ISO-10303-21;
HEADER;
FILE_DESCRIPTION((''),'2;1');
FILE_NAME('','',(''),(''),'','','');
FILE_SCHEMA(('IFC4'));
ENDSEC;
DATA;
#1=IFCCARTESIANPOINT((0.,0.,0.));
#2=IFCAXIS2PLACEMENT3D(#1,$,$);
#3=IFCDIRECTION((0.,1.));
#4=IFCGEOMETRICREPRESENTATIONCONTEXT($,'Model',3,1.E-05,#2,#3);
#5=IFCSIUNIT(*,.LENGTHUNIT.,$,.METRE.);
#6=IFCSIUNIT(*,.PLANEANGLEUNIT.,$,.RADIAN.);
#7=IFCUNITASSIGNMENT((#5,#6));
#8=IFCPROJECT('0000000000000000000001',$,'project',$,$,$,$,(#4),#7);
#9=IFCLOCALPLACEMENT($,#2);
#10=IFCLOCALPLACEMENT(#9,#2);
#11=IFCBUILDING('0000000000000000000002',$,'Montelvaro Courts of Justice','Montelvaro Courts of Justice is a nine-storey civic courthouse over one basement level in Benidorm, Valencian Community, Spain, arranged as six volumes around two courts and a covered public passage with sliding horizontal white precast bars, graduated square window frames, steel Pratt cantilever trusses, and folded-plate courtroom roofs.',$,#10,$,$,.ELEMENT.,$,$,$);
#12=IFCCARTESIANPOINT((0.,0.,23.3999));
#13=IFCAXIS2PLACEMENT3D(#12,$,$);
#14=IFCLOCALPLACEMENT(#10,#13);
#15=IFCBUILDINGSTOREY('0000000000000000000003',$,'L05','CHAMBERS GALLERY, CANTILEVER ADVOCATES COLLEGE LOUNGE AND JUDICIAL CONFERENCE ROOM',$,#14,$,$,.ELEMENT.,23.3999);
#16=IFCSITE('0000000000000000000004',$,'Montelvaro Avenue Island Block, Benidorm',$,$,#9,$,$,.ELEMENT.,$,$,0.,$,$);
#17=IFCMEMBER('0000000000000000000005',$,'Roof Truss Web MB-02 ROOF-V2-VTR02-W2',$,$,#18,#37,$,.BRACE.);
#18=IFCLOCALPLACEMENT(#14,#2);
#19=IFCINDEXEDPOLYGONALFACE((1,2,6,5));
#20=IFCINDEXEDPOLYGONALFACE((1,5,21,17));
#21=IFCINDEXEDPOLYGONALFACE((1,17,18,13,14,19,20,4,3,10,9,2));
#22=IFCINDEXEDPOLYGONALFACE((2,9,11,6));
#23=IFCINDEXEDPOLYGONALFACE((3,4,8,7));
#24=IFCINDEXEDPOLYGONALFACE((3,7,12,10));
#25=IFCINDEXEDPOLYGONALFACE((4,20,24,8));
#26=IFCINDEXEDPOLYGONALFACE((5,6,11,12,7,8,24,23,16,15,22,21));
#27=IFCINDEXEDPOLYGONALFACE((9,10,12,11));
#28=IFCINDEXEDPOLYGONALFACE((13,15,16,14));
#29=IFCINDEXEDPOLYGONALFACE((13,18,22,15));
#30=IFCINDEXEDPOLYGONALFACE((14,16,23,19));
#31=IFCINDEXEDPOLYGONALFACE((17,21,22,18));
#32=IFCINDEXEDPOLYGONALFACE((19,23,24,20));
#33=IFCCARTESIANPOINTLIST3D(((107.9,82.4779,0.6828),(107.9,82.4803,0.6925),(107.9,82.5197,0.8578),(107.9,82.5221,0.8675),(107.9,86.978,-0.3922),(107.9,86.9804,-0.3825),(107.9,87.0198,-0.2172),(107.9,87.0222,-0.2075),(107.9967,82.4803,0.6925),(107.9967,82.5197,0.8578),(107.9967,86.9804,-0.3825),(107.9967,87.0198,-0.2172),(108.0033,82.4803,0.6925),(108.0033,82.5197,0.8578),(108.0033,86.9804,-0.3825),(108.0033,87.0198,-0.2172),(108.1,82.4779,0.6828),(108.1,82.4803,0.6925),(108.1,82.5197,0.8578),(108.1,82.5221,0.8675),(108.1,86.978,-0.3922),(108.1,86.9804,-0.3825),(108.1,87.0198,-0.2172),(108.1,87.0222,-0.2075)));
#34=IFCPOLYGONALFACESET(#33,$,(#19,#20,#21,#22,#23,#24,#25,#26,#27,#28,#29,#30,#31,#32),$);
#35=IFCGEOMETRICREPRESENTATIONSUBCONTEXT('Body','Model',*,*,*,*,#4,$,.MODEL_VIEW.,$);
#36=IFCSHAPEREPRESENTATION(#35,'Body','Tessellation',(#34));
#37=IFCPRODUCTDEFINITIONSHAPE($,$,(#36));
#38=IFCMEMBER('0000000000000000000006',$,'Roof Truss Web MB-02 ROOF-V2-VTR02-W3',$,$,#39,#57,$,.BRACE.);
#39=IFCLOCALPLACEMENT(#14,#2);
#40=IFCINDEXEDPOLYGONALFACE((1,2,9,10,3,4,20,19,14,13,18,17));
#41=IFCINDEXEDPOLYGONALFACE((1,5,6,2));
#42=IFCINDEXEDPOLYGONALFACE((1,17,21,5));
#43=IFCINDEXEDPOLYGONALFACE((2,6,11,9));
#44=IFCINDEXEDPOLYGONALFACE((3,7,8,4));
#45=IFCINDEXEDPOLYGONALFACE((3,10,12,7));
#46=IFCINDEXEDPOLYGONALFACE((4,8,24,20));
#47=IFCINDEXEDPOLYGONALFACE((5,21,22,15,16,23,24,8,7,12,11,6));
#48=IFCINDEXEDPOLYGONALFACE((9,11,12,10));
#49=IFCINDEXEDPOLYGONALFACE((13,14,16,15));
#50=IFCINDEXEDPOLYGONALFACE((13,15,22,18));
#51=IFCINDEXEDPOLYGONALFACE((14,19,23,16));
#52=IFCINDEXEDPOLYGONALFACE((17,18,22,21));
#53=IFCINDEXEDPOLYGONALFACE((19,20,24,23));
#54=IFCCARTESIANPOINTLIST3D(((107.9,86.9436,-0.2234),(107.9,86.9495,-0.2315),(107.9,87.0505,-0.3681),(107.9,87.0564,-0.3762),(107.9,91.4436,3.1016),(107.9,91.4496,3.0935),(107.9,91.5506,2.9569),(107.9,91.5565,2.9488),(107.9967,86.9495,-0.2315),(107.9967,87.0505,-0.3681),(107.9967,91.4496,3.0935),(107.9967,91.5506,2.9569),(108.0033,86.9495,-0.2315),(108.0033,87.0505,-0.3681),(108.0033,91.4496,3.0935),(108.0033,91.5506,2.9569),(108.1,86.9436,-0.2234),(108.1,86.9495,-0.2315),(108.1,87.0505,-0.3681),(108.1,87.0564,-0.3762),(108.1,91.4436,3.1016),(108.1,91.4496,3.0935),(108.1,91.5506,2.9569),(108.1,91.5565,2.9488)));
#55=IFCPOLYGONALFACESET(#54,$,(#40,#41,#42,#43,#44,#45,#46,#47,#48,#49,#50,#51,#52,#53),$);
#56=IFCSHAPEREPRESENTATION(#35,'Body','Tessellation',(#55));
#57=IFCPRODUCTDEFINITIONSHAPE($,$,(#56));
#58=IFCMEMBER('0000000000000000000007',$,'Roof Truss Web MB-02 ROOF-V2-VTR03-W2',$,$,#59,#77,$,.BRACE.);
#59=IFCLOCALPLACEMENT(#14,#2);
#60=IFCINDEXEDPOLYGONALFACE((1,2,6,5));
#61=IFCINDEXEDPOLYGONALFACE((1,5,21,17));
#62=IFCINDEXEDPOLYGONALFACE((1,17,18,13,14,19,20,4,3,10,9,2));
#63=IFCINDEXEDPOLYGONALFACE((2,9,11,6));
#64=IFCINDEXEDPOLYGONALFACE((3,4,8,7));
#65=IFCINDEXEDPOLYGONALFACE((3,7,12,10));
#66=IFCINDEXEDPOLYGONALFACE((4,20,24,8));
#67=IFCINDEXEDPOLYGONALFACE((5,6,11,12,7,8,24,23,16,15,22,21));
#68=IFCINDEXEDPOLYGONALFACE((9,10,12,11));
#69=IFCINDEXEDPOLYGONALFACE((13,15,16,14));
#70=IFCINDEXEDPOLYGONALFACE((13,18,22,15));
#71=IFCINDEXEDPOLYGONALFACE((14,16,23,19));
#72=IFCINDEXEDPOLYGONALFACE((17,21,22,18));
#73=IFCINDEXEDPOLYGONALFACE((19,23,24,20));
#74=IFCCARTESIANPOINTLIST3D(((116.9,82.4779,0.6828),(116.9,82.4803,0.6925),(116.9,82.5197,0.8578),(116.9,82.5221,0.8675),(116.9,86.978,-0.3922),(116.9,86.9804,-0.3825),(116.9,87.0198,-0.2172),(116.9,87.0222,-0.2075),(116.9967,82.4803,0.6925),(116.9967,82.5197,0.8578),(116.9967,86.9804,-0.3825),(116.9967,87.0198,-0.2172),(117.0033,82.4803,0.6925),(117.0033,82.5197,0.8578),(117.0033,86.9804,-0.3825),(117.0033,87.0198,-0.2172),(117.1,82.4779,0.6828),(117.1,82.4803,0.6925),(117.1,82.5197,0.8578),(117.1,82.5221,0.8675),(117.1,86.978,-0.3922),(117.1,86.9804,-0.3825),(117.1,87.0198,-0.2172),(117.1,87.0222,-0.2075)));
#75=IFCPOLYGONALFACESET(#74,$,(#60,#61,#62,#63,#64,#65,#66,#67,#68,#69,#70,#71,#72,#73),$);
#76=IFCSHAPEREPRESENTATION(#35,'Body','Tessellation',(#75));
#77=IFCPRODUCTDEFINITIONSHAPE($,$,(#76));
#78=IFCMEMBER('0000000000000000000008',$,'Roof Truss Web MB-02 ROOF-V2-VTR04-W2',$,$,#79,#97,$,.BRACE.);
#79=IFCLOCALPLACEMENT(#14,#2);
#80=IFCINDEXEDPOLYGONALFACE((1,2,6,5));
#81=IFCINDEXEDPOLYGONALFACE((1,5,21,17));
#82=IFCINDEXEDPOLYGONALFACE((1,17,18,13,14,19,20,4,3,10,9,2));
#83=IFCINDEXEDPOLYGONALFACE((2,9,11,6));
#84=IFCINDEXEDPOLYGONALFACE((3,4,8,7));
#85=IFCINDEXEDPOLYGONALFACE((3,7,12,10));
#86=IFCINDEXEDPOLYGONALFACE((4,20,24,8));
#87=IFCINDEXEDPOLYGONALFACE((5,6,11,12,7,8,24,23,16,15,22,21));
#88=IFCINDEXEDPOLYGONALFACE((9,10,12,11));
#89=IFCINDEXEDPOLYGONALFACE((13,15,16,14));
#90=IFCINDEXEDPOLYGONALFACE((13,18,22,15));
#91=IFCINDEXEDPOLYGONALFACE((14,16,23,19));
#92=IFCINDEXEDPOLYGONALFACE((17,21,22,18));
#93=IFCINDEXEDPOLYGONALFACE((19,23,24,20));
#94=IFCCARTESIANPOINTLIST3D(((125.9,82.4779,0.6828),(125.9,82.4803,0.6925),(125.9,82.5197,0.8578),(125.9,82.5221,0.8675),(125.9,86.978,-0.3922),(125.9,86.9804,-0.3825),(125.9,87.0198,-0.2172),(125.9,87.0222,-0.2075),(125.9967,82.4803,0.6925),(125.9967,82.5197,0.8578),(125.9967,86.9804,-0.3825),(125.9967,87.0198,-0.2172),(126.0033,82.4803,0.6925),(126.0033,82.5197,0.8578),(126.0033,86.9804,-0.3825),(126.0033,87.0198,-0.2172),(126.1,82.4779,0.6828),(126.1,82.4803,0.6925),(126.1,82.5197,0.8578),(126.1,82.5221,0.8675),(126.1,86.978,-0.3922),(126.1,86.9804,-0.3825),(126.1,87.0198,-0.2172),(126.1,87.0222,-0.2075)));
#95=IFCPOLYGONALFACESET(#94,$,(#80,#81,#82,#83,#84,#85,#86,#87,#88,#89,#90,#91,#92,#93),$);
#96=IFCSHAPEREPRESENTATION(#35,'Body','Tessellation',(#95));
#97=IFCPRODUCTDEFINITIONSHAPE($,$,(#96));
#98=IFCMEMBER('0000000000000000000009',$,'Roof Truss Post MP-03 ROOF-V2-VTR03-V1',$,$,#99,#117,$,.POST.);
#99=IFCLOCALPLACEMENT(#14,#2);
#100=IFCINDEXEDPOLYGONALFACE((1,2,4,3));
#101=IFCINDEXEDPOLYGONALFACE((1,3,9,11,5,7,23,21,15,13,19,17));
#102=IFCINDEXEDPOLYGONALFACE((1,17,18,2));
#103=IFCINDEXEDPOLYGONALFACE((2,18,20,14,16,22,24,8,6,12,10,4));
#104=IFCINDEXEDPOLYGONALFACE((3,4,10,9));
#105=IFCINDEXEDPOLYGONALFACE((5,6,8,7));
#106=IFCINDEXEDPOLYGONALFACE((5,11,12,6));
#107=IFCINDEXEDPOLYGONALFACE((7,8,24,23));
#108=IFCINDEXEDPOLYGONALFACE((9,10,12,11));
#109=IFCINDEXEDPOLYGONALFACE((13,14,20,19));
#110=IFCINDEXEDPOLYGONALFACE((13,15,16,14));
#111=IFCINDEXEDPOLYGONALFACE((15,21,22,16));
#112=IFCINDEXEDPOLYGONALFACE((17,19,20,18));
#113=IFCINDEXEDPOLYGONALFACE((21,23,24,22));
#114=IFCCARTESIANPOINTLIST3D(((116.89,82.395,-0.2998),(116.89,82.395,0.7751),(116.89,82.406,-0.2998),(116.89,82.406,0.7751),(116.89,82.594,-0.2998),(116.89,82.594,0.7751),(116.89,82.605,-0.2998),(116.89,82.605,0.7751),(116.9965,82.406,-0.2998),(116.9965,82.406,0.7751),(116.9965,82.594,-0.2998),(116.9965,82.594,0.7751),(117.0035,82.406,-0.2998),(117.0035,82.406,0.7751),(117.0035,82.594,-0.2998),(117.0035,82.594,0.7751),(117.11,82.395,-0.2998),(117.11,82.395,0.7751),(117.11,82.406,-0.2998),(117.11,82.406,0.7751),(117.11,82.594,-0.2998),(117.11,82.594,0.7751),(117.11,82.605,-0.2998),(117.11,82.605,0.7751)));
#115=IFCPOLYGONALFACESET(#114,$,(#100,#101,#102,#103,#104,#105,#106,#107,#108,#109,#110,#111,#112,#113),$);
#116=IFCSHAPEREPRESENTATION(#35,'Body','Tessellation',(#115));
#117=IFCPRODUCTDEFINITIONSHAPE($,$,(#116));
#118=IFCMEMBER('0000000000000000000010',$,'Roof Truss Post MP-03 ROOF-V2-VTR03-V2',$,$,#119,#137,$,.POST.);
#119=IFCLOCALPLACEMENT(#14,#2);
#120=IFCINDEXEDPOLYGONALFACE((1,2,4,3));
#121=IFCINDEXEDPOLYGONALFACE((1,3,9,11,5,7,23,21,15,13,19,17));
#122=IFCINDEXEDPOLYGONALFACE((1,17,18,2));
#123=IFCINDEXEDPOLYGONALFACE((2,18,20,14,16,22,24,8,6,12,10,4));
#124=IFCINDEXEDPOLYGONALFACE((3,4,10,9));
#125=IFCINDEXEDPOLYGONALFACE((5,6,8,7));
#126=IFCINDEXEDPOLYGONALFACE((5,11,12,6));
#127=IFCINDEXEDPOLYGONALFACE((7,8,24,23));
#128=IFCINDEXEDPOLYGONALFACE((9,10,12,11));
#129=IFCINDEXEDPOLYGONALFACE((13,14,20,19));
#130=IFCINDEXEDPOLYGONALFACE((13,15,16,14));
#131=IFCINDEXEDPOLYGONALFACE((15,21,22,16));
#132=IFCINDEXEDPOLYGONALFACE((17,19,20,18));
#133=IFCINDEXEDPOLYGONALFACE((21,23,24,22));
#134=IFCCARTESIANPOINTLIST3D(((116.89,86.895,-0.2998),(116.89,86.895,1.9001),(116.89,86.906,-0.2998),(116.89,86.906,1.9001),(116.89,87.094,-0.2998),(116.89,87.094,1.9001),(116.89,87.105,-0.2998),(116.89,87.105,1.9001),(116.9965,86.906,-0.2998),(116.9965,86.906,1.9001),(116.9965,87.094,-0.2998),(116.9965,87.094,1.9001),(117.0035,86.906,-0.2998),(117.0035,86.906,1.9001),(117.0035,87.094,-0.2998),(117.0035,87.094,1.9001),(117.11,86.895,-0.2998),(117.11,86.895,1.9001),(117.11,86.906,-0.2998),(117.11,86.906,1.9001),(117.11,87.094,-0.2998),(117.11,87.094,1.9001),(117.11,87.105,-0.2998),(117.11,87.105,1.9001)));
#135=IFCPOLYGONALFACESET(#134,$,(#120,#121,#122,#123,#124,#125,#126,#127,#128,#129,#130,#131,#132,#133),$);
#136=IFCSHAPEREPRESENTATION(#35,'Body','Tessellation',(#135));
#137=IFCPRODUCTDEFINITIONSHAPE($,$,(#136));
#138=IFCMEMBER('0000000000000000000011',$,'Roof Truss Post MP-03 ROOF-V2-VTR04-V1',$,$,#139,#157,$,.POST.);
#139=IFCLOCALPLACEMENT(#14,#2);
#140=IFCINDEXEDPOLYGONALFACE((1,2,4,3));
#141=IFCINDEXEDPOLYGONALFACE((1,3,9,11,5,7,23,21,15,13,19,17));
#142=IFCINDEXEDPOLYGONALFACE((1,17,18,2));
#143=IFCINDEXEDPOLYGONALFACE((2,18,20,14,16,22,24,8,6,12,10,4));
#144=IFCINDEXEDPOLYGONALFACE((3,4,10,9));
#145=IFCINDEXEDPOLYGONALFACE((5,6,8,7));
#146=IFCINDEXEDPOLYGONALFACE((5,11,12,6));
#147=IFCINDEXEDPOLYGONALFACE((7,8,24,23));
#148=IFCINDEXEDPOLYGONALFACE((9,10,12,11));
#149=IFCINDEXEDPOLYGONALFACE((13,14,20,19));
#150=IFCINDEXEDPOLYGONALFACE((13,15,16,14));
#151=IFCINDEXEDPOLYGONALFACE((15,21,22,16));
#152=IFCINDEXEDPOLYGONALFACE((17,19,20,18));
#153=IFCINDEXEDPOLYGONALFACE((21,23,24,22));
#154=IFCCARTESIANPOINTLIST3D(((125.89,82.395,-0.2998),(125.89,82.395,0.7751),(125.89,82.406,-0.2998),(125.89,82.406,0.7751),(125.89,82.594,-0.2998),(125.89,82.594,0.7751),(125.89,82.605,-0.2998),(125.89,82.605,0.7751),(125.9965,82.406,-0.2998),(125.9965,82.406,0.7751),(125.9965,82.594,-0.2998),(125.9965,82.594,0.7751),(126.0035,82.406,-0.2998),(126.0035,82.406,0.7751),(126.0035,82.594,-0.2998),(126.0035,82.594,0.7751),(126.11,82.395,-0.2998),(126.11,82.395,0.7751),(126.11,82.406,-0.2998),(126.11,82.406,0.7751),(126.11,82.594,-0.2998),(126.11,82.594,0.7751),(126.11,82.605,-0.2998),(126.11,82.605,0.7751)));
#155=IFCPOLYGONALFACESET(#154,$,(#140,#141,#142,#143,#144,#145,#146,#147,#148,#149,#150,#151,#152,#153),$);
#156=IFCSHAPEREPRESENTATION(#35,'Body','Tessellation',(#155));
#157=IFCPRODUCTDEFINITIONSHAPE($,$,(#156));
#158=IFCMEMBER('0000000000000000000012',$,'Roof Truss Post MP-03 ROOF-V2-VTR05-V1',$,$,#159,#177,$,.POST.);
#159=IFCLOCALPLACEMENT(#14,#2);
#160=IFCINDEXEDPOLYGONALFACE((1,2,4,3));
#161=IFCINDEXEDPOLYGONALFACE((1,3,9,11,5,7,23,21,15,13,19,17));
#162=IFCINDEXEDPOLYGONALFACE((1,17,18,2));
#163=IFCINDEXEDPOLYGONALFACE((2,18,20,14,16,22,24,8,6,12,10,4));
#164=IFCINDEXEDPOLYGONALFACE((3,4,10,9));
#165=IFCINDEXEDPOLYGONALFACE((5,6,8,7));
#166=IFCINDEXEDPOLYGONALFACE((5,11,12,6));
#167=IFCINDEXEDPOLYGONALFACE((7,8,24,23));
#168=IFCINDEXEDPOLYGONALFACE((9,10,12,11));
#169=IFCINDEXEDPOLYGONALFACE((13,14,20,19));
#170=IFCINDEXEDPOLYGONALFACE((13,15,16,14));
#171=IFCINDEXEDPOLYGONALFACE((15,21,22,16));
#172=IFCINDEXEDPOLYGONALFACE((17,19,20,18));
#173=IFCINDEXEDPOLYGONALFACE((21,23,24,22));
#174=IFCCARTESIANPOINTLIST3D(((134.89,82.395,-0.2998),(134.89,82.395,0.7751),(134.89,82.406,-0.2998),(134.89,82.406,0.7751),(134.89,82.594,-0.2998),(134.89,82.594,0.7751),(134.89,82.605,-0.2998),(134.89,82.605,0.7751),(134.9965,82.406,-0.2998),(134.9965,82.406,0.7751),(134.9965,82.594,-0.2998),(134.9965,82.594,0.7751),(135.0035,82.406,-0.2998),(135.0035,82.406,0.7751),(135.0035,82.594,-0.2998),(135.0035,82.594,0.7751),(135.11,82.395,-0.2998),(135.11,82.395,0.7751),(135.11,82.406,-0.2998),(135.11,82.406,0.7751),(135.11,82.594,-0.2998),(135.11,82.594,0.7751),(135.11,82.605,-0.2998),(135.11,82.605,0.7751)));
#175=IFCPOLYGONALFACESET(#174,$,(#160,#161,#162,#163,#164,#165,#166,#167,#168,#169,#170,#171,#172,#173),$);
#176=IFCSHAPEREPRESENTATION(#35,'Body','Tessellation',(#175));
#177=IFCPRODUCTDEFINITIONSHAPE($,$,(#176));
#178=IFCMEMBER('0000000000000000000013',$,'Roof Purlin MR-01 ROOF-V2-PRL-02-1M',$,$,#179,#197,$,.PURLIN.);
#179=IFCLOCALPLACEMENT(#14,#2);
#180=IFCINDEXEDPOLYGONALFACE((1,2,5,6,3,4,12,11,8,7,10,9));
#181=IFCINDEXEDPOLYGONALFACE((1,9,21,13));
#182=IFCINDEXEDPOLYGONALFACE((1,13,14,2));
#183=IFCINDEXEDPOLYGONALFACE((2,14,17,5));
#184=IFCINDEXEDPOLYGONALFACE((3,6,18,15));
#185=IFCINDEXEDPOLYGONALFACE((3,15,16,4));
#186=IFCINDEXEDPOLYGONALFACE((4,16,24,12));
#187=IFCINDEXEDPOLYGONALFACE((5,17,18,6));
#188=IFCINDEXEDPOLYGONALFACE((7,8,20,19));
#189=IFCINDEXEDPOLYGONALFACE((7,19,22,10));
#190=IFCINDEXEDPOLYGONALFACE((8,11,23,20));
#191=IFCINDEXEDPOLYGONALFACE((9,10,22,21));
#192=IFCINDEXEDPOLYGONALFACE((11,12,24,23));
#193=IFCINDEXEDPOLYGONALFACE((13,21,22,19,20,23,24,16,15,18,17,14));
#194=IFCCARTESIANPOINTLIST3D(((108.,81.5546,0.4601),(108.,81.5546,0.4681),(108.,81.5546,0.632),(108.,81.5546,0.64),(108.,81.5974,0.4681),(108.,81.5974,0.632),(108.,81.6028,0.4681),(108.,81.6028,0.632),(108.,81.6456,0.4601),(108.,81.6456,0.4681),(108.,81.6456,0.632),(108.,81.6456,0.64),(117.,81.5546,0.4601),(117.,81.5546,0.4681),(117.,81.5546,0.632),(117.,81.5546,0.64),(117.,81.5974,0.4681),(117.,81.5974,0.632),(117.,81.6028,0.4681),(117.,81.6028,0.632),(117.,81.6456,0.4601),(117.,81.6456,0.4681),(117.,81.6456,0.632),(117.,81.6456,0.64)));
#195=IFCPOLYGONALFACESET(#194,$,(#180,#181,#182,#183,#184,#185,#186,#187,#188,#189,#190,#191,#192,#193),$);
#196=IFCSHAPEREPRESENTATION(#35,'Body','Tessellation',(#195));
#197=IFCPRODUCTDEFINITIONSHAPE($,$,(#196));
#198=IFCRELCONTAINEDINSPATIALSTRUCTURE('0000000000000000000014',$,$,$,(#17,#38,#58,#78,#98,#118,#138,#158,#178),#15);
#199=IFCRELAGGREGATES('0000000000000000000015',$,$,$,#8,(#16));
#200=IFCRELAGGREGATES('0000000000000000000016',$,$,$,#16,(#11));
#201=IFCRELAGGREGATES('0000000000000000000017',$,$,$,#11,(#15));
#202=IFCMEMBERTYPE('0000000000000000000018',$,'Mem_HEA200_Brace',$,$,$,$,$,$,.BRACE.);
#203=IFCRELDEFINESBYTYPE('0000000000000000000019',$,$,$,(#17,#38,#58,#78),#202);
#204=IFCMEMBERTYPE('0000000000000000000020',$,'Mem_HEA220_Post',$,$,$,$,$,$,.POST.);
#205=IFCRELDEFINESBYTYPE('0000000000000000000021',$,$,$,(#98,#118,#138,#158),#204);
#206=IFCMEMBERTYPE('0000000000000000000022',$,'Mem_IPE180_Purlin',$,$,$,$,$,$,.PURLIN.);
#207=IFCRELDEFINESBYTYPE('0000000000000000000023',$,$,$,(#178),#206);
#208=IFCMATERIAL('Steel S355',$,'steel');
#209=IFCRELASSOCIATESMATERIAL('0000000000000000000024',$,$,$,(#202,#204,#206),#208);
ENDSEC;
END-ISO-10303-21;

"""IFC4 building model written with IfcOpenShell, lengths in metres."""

from ifc_helpers import new_model, si_unit, direction, frame, origin, origin_2d, place, context, subcontext, project, spatial, i_section, extrude, material, material_profile, profile_set, type_object, element, save


model = new_model("IFC4")

# Units and contexts
model_context = context("Model", 3, precision=1e-05, world=origin(), true_north=direction((0.0, 1.0)))
body_context = subcontext(model_context, "Body", "Model", "MODEL_VIEW")
ifc_project = project(units=[si_unit("LENGTHUNIT", "METRE"), si_unit("PLANEANGLEUNIT", "RADIAN")], contexts=[model_context])

# Site, building, storey
site_placement = place(None, origin())
site = spatial("IfcSite", under=ifc_project, at=site_placement, Name="Montelvaro Avenue Island Block, Benidorm", CompositionType="ELEMENT", RefElevation=0.0)
building_placement = place(site_placement, origin())
building = spatial("IfcBuilding", under=site, at=building_placement, Name="Montelvaro Courts of Justice", Description="Montelvaro Courts of Justice is a nine-storey civic courthouse over one basement level in Benidorm, Valencian Community, Spain, arranged as six volumes around two courts and a covered public passage with sliding horizontal white precast bars, graduated square window frames, steel Pratt cantilever trusses, and folded-plate courtroom roofs.", CompositionType="ELEMENT")
storey_placement = place(building_placement, frame((0.0, 0.0, 23.3999)))
storey = spatial("IfcBuildingStorey", under=building, at=storey_placement, Name="L05", Description="CHAMBERS GALLERY, CANTILEVER ADVOCATES COLLEGE LOUNGE AND JUDICIAL CONFERENCE ROOM", CompositionType="ELEMENT", Elevation=23.3999)

# Members
ifc_material_1 = material(Name="Steel S355", Category="steel")
ifc_material_profile_1 = material_profile(ifc_material_1, i_section(OverallWidth=0.2, OverallDepth=0.1899, WebThickness=0.0066, FlangeThickness=0.01, at=origin_2d()), Name="HEA 200")
ifc_profile_set_1 = profile_set([ifc_material_profile_1], Name="Steel S355")
member_type_1 = type_object("IfcMemberType", Name="Mem_HEA200_Brace", PredefinedType="BRACE", material=ifc_profile_set_1)
member_1_placement = place(storey_placement, frame((108.0, 82.5, 0.7751), z_axis=(0.0, 0.972634, -0.232341), x_axis=(-1.0, 0.0, 0.0)))
element("IfcMember", 1, at=member_1_placement, inside=storey, type_object=member_type_1, Name="Roof Truss Web MB-02 ROOF-V2-VTR02-W2", PredefinedType="BRACE", context=body_context, shape_type="SweptSolid", body=[
    extrude(i_section(OverallWidth=0.2, OverallDepth=0.1899, WebThickness=0.0066, FlangeThickness=0.01, at=origin_2d()), origin(), (0.0, 0.0, 1.0), 4.6267),
])
member_2_placement = place(storey_placement, frame((108.0, 87.0, -0.2998), z_axis=(0.0, 0.804273, 0.59426), x_axis=(-1.0, 0.0, 0.0)))
element("IfcMember", 2, at=member_2_placement, inside=storey, type_object=member_type_1, Name="Roof Truss Web MB-02 ROOF-V2-VTR02-W3", PredefinedType="BRACE", context=body_context, shape_type="SweptSolid", body=[
    extrude(i_section(OverallWidth=0.2, OverallDepth=0.1899, WebThickness=0.0066, FlangeThickness=0.01, at=origin_2d()), origin(), (0.0, 0.0, 1.0), 5.5952),
])
for number, where, z_axis, x_axis, name in (
    (3, (117.0, 82.5, 0.7751), (0.0, 0.972634, -0.232341), (-1.0, 0.0, 0.0), "Roof Truss Web MB-02 ROOF-V2-VTR03-W2"),
    (4, (126.0, 82.5, 0.7751), (0.0, 0.972634, -0.232341), (-1.0, 0.0, 0.0), "Roof Truss Web MB-02 ROOF-V2-VTR04-W2"),
):
    element("IfcMember", number, at=place(storey_placement, frame(where, z_axis=z_axis, x_axis=x_axis)), inside=storey, type_object=member_type_1, Name=name, PredefinedType="BRACE", context=body_context, shape_type="SweptSolid", body=[
        extrude(i_section(OverallWidth=0.2, OverallDepth=0.1899, WebThickness=0.0066, FlangeThickness=0.01, at=origin_2d()), origin(), (0.0, 0.0, 1.0), 4.6267),
    ])
ifc_material_profile_2 = material_profile(ifc_material_1, i_section(OverallWidth=0.22, OverallDepth=0.21, WebThickness=0.0071, FlangeThickness=0.011, at=origin_2d()), Name="HEA 220")
ifc_profile_set_2 = profile_set([ifc_material_profile_2], Name="Steel S355")
member_type_2 = type_object("IfcMemberType", Name="Mem_HEA220_Post", PredefinedType="POST", material=ifc_profile_set_2)
member_3_placement = place(storey_placement, frame((117.0, 82.5, -0.2998), z_axis=(0.0, 0.0, 1.0), x_axis=(1.0, 0.0, 0.0)))
element("IfcMember", 5, at=member_3_placement, inside=storey, type_object=member_type_2, Name="Roof Truss Post MP-03 ROOF-V2-VTR03-V1", PredefinedType="POST", context=body_context, shape_type="SweptSolid", body=[
    extrude(i_section(OverallWidth=0.22, OverallDepth=0.21, WebThickness=0.0071, FlangeThickness=0.011, at=origin_2d()), origin(), (0.0, 0.0, 1.0), 1.075),
])
member_4_placement = place(storey_placement, frame((117.0, 87.0, -0.2998), z_axis=(0.0, 0.0, 1.0), x_axis=(1.0, 0.0, 0.0)))
element("IfcMember", 6, at=member_4_placement, inside=storey, type_object=member_type_2, Name="Roof Truss Post MP-03 ROOF-V2-VTR03-V2", PredefinedType="POST", context=body_context, shape_type="SweptSolid", body=[
    extrude(i_section(OverallWidth=0.22, OverallDepth=0.21, WebThickness=0.0071, FlangeThickness=0.011, at=origin_2d()), origin(), (0.0, 0.0, 1.0), 2.2),
])
for number, where, z_axis, x_axis, name in (
    (7, (126.0, 82.5, -0.2998), (0.0, 0.0, 1.0), (1.0, 0.0, 0.0), "Roof Truss Post MP-03 ROOF-V2-VTR04-V1"),
    (8, (135.0, 82.5, -0.2998), (0.0, 0.0, 1.0), (1.0, 0.0, 0.0), "Roof Truss Post MP-03 ROOF-V2-VTR05-V1"),
):
    element("IfcMember", number, at=place(storey_placement, frame(where, z_axis=z_axis, x_axis=x_axis)), inside=storey, type_object=member_type_2, Name=name, PredefinedType="POST", context=body_context, shape_type="SweptSolid", body=[
        extrude(i_section(OverallWidth=0.22, OverallDepth=0.21, WebThickness=0.0071, FlangeThickness=0.011, at=origin_2d()), origin(), (0.0, 0.0, 1.0), 1.075),
    ])
ifc_material_profile_3 = material_profile(ifc_material_1, i_section(OverallWidth=0.0911, OverallDepth=0.1799, WebThickness=0.0054, FlangeThickness=0.0081, at=origin_2d()), Name="IPE 180")
ifc_profile_set_3 = profile_set([ifc_material_profile_3], Name="Steel S355")
member_type_3 = type_object("IfcMemberType", Name="Mem_IPE180_Purlin", PredefinedType="PURLIN", material=ifc_profile_set_3)
for number, where, z_axis, x_axis, name in (
    (9, (108.0, 81.6001, 0.55), (1.0, 0.0, 0.0), (0.0, 1.0, 0.0), "Roof Purlin MR-01 ROOF-V2-PRL-02-1M"),
):
    element("IfcMember", number, at=place(storey_placement, frame(where, z_axis=z_axis, x_axis=x_axis)), inside=storey, type_object=member_type_3, Name=name, PredefinedType="PURLIN", context=body_context, shape_type="SweptSolid", body=[
        extrude(i_section(OverallWidth=0.0911, OverallDepth=0.1799, WebThickness=0.0054, FlangeThickness=0.0081, at=origin_2d()), origin(), (0.0, 0.0, 1.0), 9.0),
    ])

save(model, "model.ifc")
